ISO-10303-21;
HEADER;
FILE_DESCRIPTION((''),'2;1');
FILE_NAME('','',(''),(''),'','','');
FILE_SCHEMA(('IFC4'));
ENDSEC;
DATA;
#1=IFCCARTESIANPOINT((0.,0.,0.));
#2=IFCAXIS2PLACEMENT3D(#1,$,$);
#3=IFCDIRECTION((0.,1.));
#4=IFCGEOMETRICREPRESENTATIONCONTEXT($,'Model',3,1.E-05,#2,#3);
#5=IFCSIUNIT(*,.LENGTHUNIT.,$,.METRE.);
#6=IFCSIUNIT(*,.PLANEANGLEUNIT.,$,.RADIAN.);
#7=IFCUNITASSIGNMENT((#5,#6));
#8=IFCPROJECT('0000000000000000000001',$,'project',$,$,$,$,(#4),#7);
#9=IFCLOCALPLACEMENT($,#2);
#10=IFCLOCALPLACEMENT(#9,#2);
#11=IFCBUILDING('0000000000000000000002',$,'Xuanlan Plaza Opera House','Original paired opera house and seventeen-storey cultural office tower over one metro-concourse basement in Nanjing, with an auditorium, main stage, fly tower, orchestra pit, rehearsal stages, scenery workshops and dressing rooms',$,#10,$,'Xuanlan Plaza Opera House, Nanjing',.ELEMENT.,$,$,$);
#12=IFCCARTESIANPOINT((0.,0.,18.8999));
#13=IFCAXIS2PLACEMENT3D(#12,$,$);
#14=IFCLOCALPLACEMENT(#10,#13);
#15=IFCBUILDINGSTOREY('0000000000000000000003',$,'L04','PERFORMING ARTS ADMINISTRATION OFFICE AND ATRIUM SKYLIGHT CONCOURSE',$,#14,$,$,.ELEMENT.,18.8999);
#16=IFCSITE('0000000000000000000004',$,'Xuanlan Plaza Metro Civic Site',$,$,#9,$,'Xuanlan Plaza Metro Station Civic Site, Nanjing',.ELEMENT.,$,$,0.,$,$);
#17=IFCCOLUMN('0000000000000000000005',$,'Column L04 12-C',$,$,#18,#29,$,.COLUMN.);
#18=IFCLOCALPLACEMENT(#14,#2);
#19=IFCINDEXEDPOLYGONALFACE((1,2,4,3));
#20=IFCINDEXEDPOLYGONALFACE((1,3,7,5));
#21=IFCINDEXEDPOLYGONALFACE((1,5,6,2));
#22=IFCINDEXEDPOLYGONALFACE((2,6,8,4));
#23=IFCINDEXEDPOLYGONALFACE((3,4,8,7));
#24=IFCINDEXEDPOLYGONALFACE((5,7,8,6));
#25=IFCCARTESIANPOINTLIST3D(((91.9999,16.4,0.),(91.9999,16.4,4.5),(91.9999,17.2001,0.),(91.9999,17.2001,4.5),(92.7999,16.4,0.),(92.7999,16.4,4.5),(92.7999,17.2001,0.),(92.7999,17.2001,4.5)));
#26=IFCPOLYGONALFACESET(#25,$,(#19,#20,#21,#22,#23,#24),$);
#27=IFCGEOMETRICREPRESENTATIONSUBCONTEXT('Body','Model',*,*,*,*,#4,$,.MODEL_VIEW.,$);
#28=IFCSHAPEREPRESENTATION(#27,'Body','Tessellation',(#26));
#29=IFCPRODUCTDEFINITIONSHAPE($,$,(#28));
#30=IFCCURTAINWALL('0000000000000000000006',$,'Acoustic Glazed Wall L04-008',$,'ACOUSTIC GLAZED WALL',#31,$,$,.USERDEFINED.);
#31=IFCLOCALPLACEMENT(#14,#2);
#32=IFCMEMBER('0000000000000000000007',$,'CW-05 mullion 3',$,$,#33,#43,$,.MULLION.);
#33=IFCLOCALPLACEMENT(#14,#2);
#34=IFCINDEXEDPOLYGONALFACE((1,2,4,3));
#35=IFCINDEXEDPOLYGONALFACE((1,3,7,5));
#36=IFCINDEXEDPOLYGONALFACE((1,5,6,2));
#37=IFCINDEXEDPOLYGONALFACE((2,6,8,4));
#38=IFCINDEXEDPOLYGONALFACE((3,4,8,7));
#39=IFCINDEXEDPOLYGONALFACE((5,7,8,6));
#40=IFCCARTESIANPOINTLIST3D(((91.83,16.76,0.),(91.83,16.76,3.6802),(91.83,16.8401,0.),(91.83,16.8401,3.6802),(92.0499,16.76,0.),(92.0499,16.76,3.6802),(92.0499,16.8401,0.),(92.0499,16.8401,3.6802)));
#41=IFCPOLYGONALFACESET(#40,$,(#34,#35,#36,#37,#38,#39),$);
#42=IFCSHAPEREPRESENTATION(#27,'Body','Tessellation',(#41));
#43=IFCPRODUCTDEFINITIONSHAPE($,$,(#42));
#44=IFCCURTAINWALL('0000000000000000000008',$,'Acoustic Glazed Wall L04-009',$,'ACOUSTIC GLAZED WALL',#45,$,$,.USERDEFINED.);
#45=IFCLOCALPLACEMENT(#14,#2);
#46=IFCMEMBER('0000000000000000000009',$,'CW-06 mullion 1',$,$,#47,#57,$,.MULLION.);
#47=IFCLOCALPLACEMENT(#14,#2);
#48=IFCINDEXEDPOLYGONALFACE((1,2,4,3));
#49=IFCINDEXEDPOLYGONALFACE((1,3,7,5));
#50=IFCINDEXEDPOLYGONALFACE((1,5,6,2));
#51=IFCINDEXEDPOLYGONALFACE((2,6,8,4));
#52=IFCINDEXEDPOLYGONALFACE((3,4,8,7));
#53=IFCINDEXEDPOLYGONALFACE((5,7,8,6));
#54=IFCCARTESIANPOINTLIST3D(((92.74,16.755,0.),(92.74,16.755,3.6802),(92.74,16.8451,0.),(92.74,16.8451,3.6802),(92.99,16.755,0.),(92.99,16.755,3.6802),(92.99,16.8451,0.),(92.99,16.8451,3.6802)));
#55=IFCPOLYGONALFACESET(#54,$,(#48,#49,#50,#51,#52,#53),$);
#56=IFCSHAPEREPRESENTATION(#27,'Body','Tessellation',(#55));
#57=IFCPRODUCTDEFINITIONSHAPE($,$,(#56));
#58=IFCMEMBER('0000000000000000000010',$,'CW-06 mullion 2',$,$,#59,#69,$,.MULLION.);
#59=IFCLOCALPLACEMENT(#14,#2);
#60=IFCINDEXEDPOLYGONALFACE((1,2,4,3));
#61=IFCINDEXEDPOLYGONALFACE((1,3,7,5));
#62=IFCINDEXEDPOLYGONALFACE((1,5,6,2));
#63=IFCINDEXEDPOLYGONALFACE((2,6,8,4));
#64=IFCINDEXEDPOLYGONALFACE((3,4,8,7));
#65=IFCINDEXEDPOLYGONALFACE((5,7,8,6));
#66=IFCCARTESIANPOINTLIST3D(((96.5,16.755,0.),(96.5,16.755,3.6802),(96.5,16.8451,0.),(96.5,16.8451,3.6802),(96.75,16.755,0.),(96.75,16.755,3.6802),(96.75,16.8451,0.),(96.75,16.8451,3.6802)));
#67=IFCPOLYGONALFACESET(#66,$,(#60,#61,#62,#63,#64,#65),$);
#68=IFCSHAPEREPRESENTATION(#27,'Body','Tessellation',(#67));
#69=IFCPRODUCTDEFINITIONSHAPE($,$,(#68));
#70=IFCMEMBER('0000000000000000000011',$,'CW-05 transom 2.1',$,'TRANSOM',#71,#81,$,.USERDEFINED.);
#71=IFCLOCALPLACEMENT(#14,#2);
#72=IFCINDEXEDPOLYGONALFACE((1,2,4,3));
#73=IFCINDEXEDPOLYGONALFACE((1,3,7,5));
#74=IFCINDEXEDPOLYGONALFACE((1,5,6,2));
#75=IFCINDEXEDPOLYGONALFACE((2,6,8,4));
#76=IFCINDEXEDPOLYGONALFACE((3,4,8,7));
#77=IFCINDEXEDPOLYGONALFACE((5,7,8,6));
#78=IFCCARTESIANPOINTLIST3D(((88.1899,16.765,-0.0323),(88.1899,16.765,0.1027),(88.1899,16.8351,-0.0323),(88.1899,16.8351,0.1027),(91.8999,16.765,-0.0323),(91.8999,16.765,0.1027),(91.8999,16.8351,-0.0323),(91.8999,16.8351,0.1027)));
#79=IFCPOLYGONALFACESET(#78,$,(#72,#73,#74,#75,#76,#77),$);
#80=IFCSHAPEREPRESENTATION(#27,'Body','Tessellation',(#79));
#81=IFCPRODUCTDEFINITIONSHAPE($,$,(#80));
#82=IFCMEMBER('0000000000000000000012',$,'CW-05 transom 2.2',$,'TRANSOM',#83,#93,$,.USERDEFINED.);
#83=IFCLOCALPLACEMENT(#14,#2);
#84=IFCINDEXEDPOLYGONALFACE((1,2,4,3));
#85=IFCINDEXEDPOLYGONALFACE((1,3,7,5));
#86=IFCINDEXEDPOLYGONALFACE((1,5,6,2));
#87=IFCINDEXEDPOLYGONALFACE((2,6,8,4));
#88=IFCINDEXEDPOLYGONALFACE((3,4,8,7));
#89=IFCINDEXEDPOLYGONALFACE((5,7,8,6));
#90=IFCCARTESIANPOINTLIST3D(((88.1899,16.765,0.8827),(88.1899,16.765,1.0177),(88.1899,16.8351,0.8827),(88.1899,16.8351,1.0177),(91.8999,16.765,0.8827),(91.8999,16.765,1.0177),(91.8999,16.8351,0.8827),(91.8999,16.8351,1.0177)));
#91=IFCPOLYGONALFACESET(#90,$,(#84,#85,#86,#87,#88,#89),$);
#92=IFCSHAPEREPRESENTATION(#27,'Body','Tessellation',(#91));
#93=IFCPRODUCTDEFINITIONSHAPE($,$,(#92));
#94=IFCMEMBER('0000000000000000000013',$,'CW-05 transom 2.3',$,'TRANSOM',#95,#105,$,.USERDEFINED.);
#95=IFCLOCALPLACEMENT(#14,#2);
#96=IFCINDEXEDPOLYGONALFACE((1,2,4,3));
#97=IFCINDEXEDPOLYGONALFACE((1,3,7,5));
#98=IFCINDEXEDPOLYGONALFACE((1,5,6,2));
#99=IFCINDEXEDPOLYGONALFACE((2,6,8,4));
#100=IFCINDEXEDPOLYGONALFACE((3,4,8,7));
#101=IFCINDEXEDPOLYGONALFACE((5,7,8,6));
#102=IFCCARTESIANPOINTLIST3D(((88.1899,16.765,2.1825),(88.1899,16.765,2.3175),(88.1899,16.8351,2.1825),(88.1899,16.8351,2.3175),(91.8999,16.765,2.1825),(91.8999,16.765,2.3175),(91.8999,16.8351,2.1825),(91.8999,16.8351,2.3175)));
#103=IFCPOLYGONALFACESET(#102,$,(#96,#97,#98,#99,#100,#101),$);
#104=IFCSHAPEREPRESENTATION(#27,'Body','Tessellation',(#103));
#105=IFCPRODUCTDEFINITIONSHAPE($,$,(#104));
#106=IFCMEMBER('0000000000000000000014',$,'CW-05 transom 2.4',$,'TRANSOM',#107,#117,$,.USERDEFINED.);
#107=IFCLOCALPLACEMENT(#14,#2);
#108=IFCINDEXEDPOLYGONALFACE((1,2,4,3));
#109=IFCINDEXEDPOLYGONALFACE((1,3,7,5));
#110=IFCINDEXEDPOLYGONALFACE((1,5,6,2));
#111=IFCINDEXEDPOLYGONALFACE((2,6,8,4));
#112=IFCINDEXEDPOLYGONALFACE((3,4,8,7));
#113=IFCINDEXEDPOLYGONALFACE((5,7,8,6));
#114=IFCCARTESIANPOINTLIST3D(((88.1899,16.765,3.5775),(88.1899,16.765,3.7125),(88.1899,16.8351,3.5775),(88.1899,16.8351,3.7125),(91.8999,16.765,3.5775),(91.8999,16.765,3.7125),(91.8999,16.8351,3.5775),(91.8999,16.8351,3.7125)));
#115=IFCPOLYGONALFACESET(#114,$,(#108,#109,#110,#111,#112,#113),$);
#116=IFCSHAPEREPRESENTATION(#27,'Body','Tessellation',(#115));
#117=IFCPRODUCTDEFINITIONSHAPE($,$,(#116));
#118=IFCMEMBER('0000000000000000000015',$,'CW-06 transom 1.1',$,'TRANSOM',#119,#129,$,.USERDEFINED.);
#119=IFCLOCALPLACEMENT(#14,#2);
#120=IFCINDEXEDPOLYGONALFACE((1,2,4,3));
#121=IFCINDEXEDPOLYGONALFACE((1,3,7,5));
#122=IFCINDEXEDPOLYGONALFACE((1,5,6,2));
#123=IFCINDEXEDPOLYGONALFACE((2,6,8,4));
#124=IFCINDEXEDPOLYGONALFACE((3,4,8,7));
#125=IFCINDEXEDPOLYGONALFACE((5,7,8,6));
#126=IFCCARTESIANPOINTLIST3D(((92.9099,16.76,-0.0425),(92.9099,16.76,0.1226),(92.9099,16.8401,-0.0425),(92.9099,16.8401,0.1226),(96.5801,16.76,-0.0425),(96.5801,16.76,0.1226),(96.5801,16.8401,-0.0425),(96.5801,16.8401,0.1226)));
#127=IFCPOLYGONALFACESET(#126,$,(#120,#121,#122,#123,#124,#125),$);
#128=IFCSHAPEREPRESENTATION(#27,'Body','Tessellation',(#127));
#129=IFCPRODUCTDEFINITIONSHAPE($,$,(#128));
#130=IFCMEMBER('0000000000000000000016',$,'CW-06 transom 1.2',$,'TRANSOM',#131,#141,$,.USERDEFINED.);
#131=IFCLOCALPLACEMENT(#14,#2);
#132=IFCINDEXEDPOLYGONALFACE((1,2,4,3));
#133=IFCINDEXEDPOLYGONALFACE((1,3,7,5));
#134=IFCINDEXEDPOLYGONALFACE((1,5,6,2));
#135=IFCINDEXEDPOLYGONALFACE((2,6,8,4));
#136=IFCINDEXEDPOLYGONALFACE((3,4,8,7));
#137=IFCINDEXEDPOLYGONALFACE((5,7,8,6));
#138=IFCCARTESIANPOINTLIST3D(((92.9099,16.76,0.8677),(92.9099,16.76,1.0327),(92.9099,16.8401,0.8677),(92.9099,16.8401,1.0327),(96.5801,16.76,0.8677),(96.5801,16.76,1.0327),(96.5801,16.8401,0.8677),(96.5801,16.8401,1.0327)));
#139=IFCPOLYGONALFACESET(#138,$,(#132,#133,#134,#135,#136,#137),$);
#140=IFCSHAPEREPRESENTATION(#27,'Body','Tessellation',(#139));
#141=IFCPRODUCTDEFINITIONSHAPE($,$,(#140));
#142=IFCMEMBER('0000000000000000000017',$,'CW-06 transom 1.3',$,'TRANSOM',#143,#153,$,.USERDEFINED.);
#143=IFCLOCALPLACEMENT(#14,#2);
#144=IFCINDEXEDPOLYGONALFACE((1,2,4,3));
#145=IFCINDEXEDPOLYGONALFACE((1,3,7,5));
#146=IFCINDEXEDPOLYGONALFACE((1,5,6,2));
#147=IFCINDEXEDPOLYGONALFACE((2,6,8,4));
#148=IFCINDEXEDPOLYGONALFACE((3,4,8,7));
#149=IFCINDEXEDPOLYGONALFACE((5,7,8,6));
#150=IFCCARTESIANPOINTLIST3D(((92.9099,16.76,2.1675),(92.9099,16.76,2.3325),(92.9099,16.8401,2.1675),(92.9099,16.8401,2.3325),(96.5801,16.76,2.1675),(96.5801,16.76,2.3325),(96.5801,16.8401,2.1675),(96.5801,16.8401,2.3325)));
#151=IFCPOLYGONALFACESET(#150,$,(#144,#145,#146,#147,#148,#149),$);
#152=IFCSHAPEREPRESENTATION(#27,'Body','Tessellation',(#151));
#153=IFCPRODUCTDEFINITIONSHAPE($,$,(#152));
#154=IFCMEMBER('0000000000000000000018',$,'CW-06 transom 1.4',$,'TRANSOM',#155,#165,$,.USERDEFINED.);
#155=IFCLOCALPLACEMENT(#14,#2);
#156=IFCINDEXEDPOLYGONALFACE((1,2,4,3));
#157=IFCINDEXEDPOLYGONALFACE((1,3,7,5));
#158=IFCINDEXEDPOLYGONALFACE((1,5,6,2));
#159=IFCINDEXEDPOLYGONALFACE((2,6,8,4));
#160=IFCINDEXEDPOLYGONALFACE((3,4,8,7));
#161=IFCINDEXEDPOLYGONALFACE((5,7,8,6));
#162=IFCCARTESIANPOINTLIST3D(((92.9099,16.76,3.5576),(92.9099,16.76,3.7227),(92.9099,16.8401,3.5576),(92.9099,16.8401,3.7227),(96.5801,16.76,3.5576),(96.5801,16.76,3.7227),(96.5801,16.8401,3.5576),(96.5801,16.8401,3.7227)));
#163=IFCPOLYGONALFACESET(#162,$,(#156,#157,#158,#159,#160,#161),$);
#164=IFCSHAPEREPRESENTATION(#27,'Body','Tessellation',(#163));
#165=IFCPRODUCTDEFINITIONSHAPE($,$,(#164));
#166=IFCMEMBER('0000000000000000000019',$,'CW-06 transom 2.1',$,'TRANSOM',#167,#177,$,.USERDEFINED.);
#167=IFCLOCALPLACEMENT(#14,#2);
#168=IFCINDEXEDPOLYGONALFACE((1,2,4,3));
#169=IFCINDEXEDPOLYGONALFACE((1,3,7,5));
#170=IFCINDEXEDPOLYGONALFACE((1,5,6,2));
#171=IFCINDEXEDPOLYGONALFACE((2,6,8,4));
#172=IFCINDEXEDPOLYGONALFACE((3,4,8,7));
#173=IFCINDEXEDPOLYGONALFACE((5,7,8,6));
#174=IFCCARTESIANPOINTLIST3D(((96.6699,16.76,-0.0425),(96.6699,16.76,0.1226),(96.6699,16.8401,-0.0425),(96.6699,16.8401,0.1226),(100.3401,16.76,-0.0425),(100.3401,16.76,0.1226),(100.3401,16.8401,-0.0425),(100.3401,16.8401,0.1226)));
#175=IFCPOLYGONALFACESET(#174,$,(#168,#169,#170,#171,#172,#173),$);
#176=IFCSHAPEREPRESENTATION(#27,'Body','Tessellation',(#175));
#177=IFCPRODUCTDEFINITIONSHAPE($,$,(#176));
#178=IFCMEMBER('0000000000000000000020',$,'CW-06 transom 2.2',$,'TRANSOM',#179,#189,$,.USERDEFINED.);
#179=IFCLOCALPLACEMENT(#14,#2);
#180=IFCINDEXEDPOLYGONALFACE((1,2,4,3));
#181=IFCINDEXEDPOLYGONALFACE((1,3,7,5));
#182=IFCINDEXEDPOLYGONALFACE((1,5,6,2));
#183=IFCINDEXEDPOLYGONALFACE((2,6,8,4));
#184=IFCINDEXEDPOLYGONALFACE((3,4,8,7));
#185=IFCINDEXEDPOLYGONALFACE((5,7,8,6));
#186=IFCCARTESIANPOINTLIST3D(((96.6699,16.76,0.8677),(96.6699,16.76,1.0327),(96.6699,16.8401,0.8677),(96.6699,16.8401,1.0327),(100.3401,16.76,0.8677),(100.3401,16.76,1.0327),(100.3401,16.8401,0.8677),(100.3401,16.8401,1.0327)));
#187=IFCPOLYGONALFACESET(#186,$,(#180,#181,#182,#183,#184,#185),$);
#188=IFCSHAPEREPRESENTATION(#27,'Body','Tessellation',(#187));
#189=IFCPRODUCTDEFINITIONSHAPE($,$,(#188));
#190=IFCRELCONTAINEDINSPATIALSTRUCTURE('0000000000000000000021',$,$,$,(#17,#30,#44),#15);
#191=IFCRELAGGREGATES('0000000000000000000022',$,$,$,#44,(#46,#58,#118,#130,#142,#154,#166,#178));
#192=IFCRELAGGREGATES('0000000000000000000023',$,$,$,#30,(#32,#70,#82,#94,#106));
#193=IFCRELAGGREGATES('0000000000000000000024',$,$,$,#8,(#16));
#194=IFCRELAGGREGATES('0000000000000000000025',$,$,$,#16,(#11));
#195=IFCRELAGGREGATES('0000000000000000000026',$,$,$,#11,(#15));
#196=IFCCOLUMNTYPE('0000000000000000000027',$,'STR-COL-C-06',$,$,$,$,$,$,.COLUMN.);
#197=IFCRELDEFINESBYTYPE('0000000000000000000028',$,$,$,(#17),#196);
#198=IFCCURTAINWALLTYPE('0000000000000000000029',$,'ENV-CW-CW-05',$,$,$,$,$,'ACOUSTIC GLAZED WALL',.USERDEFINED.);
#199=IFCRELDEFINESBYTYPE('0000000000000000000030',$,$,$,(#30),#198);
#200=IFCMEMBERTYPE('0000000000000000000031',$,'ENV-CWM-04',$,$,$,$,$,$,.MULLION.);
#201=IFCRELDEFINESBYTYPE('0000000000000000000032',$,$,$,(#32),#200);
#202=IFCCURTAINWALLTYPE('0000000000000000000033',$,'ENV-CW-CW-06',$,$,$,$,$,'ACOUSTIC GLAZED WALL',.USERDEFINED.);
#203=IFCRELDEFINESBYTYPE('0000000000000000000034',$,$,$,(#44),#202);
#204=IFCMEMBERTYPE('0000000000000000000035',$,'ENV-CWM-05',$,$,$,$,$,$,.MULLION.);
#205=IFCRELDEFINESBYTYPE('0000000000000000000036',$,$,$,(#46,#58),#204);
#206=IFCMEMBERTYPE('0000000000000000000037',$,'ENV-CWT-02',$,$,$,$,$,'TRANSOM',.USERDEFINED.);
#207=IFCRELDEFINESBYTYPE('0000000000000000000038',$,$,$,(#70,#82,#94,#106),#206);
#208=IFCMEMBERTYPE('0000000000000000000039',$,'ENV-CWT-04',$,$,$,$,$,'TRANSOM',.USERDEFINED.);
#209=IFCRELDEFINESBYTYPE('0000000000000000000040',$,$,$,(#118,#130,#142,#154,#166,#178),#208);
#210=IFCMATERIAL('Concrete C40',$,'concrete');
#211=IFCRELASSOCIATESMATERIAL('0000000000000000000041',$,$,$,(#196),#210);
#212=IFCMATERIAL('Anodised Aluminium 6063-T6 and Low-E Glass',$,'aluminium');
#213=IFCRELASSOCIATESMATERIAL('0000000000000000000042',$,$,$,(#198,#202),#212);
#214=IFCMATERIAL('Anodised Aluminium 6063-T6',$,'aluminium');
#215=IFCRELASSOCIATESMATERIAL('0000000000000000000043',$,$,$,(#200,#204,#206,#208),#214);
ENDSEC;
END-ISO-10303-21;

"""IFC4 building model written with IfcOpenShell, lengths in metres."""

from ifc_helpers import new_model, si_unit, direction, frame, origin, origin_2d, place, context, subcontext, project, spatial, rectangle, extrude, material, material_profile, profile_set, type_object, element, aggregate, save


model = new_model("IFC4")

# Units and contexts
model_context = context("Model", 3, precision=1e-05, world=origin(), true_north=direction((0.0, 1.0)))
body_context = subcontext(model_context, "Body", "Model", "MODEL_VIEW")
ifc_project = project(units=[si_unit("LENGTHUNIT", "METRE"), si_unit("PLANEANGLEUNIT", "RADIAN")], contexts=[model_context])

# Site, building, storey
site_placement = place(None, origin())
site = spatial("IfcSite", under=ifc_project, at=site_placement, Name="Xuanlan Plaza Metro Civic Site", LongName="Xuanlan Plaza Metro Station Civic Site, Nanjing", CompositionType="ELEMENT", RefElevation=0.0)
building_placement = place(site_placement, origin())
building = spatial("IfcBuilding", under=site, at=building_placement, Name="Xuanlan Plaza Opera House", Description="Original paired opera house and seventeen-storey cultural office tower over one metro-concourse basement in Nanjing, with an auditorium, main stage, fly tower, orchestra pit, rehearsal stages, scenery workshops and dressing rooms", LongName="Xuanlan Plaza Opera House, Nanjing", CompositionType="ELEMENT")
storey_placement = place(building_placement, frame((0.0, 0.0, 18.8999)))
storey = spatial("IfcBuildingStorey", under=building, at=storey_placement, Name="L04", Description="PERFORMING ARTS ADMINISTRATION OFFICE AND ATRIUM SKYLIGHT CONCOURSE", CompositionType="ELEMENT", Elevation=18.8999)

# Column
ifc_material_1 = material(Name="Concrete C40", Category="concrete")
ifc_material_profile_1 = material_profile(ifc_material_1, rectangle(XDim=0.8, YDim=0.8, at=origin_2d()), Name="RC-COL 800x800")
ifc_profile_set_1 = profile_set([ifc_material_profile_1], Name="Concrete C40")
column_type = type_object("IfcColumnType", Name="STR-COL-C-06", PredefinedType="COLUMN", material=ifc_profile_set_1)
column_placement = place(storey_placement, frame((92.3999, 16.8, 0.0), z_axis=(0.0, 0.0, 1.0), x_axis=(1.0, 0.0, 0.0)))
element("IfcColumn", 1, at=column_placement, inside=storey, type_object=column_type, Name="Column L04 12-C", PredefinedType="COLUMN", context=body_context, shape_type="SweptSolid", body=[
    extrude(rectangle(XDim=0.8, YDim=0.8, at=origin_2d()), origin(), (0.0, 0.0, 1.0), 4.5),
])

# Curtain wall, member
ifc_material_2 = material(Name="Anodised Aluminium 6063-T6 and Low-E Glass", Category="aluminium")
curtain_wall_type_1 = type_object("IfcCurtainWallType", Name="ENV-CW-CW-05", ElementType="ACOUSTIC GLAZED WALL", PredefinedType="USERDEFINED", material=ifc_material_2)
curtain_wall_1_placement = place(storey_placement, origin())
curtain_wall_1 = element("IfcCurtainWall", 2, at=curtain_wall_1_placement, inside=storey, type_object=curtain_wall_type_1, Name="Acoustic Glazed Wall L04-008", ObjectType="ACOUSTIC GLAZED WALL", PredefinedType="USERDEFINED")
ifc_material_3 = material(Name="Anodised Aluminium 6063-T6", Category="aluminium")
ifc_material_profile_2 = material_profile(ifc_material_3, rectangle(XDim=0.0801, YDim=0.22, at=origin_2d()), Name="ALU-M 80x220")
ifc_profile_set_2 = profile_set([ifc_material_profile_2], Name="Anodised Aluminium 6063-T6")
member_type_1 = type_object("IfcMemberType", Name="ENV-CWM-04", PredefinedType="MULLION", material=ifc_profile_set_2)
member_1_placement = place(storey_placement, frame((91.9399, 16.8, 0.0), z_axis=(0.0, 0.0, 1.0), x_axis=(0.0, 1.0, 0.0)))
member_1 = element("IfcMember", 3, at=member_1_placement, type_object=member_type_1, Name="CW-05 mullion 3", PredefinedType="MULLION", context=body_context, shape_type="SweptSolid", body=[
    extrude(rectangle(XDim=0.0801, YDim=0.22, at=origin_2d()), origin(), (0.0, 0.0, 1.0), 3.6802),
])

# Curtain wall, members
curtain_wall_type_2 = type_object("IfcCurtainWallType", Name="ENV-CW-CW-06", ElementType="ACOUSTIC GLAZED WALL", PredefinedType="USERDEFINED", material=ifc_material_2)
curtain_wall_2_placement = place(storey_placement, origin())
curtain_wall_2 = element("IfcCurtainWall", 4, at=curtain_wall_2_placement, inside=storey, type_object=curtain_wall_type_2, Name="Acoustic Glazed Wall L04-009", ObjectType="ACOUSTIC GLAZED WALL", PredefinedType="USERDEFINED")
ifc_material_profile_3 = material_profile(ifc_material_3, rectangle(XDim=0.0901, YDim=0.25, at=origin_2d()), Name="ALU-M 90x250")
ifc_profile_set_3 = profile_set([ifc_material_profile_3], Name="Anodised Aluminium 6063-T6")
member_type_2 = type_object("IfcMemberType", Name="ENV-CWM-05", PredefinedType="MULLION", material=ifc_profile_set_3)
member_2_placement = place(storey_placement, frame((92.865, 16.8, 0.0), z_axis=(0.0, 0.0, 1.0), x_axis=(0.0, 1.0, 0.0)))
member_2 = element("IfcMember", 5, at=member_2_placement, type_object=member_type_2, Name="CW-06 mullion 1", PredefinedType="MULLION", context=body_context, shape_type="SweptSolid", body=[
    extrude(rectangle(XDim=0.0901, YDim=0.25, at=origin_2d()), origin(), (0.0, 0.0, 1.0), 3.6802),
])
member_3_placement = place(storey_placement, frame((96.625, 16.8, 0.0), z_axis=(0.0, 0.0, 1.0), x_axis=(0.0, 1.0, 0.0)))
member_3 = element("IfcMember", 6, at=member_3_placement, type_object=member_type_2, Name="CW-06 mullion 2", PredefinedType="MULLION", context=body_context, shape_type="SweptSolid", body=[
    extrude(rectangle(XDim=0.0901, YDim=0.25, at=origin_2d()), origin(), (0.0, 0.0, 1.0), 3.6802),
])

# Members
ifc_material_profile_4 = material_profile(ifc_material_3, rectangle(XDim=0.0701, YDim=0.135, at=origin_2d()), Name="ALU-T 70x135")
ifc_profile_set_4 = profile_set([ifc_material_profile_4], Name="Anodised Aluminium 6063-T6")
member_type_3 = type_object("IfcMemberType", Name="ENV-CWT-02", ElementType="TRANSOM", PredefinedType="USERDEFINED", material=ifc_profile_set_4)
member_4_placement = place(storey_placement, frame((88.1899, 16.8, 0.0352), z_axis=(1.0, 0.0, 0.0), x_axis=(0.0, 1.0, 0.0)))
member_4 = element("IfcMember", 7, at=member_4_placement, type_object=member_type_3, Name="CW-05 transom 2.1", ObjectType="TRANSOM", PredefinedType="USERDEFINED", context=body_context, shape_type="SweptSolid", body=[
    extrude(rectangle(XDim=0.0701, YDim=0.135, at=origin_2d()), origin(), (0.0, 0.0, 1.0), 3.71),
])
member_5_placement = place(storey_placement, frame((88.1899, 16.8, 0.9502), z_axis=(1.0, 0.0, 0.0), x_axis=(0.0, 1.0, 0.0)))
member_5 = element("IfcMember", 8, at=member_5_placement, type_object=member_type_3, Name="CW-05 transom 2.2", ObjectType="TRANSOM", PredefinedType="USERDEFINED", context=body_context, shape_type="SweptSolid", body=[
    extrude(rectangle(XDim=0.0701, YDim=0.135, at=origin_2d()), origin(), (0.0, 0.0, 1.0), 3.71),
])
member_6_placement = place(storey_placement, frame((88.1899, 16.8, 2.25), z_axis=(1.0, 0.0, 0.0), x_axis=(0.0, 1.0, 0.0)))
member_6 = element("IfcMember", 9, at=member_6_placement, type_object=member_type_3, Name="CW-05 transom 2.3", ObjectType="TRANSOM", PredefinedType="USERDEFINED", context=body_context, shape_type="SweptSolid", body=[
    extrude(rectangle(XDim=0.0701, YDim=0.135, at=origin_2d()), origin(), (0.0, 0.0, 1.0), 3.71),
])
member_7_placement = place(storey_placement, frame((88.1899, 16.8, 3.645), z_axis=(1.0, 0.0, 0.0), x_axis=(0.0, 1.0, 0.0)))
member_7 = element("IfcMember", 10, at=member_7_placement, type_object=member_type_3, Name="CW-05 transom 2.4", ObjectType="TRANSOM", PredefinedType="USERDEFINED", context=body_context, shape_type="SweptSolid", body=[
    extrude(rectangle(XDim=0.0701, YDim=0.135, at=origin_2d()), origin(), (0.0, 0.0, 1.0), 3.71),
])
ifc_material_profile_5 = material_profile(ifc_material_3, rectangle(XDim=0.0801, YDim=0.165, at=origin_2d()), Name="ALU-T 80x165")
ifc_profile_set_5 = profile_set([ifc_material_profile_5], Name="Anodised Aluminium 6063-T6")
member_type_4 = type_object("IfcMemberType", Name="ENV-CWT-04", ElementType="TRANSOM", PredefinedType="USERDEFINED", material=ifc_profile_set_5)
member_8_placement = place(storey_placement, frame((92.9099, 16.8, 0.04), z_axis=(1.0, 0.0, 0.0), x_axis=(0.0, 1.0, 0.0)))
member_8 = element("IfcMember", 11, at=member_8_placement, type_object=member_type_4, Name="CW-06 transom 1.1", ObjectType="TRANSOM", PredefinedType="USERDEFINED", context=body_context, shape_type="SweptSolid", body=[
    extrude(rectangle(XDim=0.0801, YDim=0.165, at=origin_2d()), origin(), (0.0, 0.0, 1.0), 3.6702),
])
member_9_placement = place(storey_placement, frame((92.9099, 16.8, 0.9502), z_axis=(1.0, 0.0, 0.0), x_axis=(0.0, 1.0, 0.0)))
member_9 = element("IfcMember", 12, at=member_9_placement, type_object=member_type_4, Name="CW-06 transom 1.2", ObjectType="TRANSOM", PredefinedType="USERDEFINED", context=body_context, shape_type="SweptSolid", body=[
    extrude(rectangle(XDim=0.0801, YDim=0.165, at=origin_2d()), origin(), (0.0, 0.0, 1.0), 3.6702),
])
member_10_placement = place(storey_placement, frame((92.9099, 16.8, 2.25), z_axis=(1.0, 0.0, 0.0), x_axis=(0.0, 1.0, 0.0)))
member_10 = element("IfcMember", 13, at=member_10_placement, type_object=member_type_4, Name="CW-06 transom 1.3", ObjectType="TRANSOM", PredefinedType="USERDEFINED", context=body_context, shape_type="SweptSolid", body=[
    extrude(rectangle(XDim=0.0801, YDim=0.165, at=origin_2d()), origin(), (0.0, 0.0, 1.0), 3.6702),
])
member_11_placement = place(storey_placement, frame((92.9099, 16.8, 3.6401), z_axis=(1.0, 0.0, 0.0), x_axis=(0.0, 1.0, 0.0)))
member_11 = element("IfcMember", 14, at=member_11_placement, type_object=member_type_4, Name="CW-06 transom 1.4", ObjectType="TRANSOM", PredefinedType="USERDEFINED", context=body_context, shape_type="SweptSolid", body=[
    extrude(rectangle(XDim=0.0801, YDim=0.165, at=origin_2d()), origin(), (0.0, 0.0, 1.0), 3.6702),
])
member_12_placement = place(storey_placement, frame((96.6699, 16.8, 0.04), z_axis=(1.0, 0.0, 0.0), x_axis=(0.0, 1.0, 0.0)))
member_12 = element("IfcMember", 15, at=member_12_placement, type_object=member_type_4, Name="CW-06 transom 2.1", ObjectType="TRANSOM", PredefinedType="USERDEFINED", context=body_context, shape_type="SweptSolid", body=[
    extrude(rectangle(XDim=0.0801, YDim=0.165, at=origin_2d()), origin(), (0.0, 0.0, 1.0), 3.6702),
])
member_13_placement = place(storey_placement, frame((96.6699, 16.8, 0.9502), z_axis=(1.0, 0.0, 0.0), x_axis=(0.0, 1.0, 0.0)))
member_13 = element("IfcMember", 16, at=member_13_placement, type_object=member_type_4, Name="CW-06 transom 2.2", ObjectType="TRANSOM", PredefinedType="USERDEFINED", context=body_context, shape_type="SweptSolid", body=[
    extrude(rectangle(XDim=0.0801, YDim=0.165, at=origin_2d()), origin(), (0.0, 0.0, 1.0), 3.6702),
])

aggregate(curtain_wall_2, [member_2, member_3, member_8, member_9, member_10, member_11, member_12, member_13])
aggregate(curtain_wall_1, [member_1, member_4, member_5, member_6, member_7])

save(model, "model.ifc")
